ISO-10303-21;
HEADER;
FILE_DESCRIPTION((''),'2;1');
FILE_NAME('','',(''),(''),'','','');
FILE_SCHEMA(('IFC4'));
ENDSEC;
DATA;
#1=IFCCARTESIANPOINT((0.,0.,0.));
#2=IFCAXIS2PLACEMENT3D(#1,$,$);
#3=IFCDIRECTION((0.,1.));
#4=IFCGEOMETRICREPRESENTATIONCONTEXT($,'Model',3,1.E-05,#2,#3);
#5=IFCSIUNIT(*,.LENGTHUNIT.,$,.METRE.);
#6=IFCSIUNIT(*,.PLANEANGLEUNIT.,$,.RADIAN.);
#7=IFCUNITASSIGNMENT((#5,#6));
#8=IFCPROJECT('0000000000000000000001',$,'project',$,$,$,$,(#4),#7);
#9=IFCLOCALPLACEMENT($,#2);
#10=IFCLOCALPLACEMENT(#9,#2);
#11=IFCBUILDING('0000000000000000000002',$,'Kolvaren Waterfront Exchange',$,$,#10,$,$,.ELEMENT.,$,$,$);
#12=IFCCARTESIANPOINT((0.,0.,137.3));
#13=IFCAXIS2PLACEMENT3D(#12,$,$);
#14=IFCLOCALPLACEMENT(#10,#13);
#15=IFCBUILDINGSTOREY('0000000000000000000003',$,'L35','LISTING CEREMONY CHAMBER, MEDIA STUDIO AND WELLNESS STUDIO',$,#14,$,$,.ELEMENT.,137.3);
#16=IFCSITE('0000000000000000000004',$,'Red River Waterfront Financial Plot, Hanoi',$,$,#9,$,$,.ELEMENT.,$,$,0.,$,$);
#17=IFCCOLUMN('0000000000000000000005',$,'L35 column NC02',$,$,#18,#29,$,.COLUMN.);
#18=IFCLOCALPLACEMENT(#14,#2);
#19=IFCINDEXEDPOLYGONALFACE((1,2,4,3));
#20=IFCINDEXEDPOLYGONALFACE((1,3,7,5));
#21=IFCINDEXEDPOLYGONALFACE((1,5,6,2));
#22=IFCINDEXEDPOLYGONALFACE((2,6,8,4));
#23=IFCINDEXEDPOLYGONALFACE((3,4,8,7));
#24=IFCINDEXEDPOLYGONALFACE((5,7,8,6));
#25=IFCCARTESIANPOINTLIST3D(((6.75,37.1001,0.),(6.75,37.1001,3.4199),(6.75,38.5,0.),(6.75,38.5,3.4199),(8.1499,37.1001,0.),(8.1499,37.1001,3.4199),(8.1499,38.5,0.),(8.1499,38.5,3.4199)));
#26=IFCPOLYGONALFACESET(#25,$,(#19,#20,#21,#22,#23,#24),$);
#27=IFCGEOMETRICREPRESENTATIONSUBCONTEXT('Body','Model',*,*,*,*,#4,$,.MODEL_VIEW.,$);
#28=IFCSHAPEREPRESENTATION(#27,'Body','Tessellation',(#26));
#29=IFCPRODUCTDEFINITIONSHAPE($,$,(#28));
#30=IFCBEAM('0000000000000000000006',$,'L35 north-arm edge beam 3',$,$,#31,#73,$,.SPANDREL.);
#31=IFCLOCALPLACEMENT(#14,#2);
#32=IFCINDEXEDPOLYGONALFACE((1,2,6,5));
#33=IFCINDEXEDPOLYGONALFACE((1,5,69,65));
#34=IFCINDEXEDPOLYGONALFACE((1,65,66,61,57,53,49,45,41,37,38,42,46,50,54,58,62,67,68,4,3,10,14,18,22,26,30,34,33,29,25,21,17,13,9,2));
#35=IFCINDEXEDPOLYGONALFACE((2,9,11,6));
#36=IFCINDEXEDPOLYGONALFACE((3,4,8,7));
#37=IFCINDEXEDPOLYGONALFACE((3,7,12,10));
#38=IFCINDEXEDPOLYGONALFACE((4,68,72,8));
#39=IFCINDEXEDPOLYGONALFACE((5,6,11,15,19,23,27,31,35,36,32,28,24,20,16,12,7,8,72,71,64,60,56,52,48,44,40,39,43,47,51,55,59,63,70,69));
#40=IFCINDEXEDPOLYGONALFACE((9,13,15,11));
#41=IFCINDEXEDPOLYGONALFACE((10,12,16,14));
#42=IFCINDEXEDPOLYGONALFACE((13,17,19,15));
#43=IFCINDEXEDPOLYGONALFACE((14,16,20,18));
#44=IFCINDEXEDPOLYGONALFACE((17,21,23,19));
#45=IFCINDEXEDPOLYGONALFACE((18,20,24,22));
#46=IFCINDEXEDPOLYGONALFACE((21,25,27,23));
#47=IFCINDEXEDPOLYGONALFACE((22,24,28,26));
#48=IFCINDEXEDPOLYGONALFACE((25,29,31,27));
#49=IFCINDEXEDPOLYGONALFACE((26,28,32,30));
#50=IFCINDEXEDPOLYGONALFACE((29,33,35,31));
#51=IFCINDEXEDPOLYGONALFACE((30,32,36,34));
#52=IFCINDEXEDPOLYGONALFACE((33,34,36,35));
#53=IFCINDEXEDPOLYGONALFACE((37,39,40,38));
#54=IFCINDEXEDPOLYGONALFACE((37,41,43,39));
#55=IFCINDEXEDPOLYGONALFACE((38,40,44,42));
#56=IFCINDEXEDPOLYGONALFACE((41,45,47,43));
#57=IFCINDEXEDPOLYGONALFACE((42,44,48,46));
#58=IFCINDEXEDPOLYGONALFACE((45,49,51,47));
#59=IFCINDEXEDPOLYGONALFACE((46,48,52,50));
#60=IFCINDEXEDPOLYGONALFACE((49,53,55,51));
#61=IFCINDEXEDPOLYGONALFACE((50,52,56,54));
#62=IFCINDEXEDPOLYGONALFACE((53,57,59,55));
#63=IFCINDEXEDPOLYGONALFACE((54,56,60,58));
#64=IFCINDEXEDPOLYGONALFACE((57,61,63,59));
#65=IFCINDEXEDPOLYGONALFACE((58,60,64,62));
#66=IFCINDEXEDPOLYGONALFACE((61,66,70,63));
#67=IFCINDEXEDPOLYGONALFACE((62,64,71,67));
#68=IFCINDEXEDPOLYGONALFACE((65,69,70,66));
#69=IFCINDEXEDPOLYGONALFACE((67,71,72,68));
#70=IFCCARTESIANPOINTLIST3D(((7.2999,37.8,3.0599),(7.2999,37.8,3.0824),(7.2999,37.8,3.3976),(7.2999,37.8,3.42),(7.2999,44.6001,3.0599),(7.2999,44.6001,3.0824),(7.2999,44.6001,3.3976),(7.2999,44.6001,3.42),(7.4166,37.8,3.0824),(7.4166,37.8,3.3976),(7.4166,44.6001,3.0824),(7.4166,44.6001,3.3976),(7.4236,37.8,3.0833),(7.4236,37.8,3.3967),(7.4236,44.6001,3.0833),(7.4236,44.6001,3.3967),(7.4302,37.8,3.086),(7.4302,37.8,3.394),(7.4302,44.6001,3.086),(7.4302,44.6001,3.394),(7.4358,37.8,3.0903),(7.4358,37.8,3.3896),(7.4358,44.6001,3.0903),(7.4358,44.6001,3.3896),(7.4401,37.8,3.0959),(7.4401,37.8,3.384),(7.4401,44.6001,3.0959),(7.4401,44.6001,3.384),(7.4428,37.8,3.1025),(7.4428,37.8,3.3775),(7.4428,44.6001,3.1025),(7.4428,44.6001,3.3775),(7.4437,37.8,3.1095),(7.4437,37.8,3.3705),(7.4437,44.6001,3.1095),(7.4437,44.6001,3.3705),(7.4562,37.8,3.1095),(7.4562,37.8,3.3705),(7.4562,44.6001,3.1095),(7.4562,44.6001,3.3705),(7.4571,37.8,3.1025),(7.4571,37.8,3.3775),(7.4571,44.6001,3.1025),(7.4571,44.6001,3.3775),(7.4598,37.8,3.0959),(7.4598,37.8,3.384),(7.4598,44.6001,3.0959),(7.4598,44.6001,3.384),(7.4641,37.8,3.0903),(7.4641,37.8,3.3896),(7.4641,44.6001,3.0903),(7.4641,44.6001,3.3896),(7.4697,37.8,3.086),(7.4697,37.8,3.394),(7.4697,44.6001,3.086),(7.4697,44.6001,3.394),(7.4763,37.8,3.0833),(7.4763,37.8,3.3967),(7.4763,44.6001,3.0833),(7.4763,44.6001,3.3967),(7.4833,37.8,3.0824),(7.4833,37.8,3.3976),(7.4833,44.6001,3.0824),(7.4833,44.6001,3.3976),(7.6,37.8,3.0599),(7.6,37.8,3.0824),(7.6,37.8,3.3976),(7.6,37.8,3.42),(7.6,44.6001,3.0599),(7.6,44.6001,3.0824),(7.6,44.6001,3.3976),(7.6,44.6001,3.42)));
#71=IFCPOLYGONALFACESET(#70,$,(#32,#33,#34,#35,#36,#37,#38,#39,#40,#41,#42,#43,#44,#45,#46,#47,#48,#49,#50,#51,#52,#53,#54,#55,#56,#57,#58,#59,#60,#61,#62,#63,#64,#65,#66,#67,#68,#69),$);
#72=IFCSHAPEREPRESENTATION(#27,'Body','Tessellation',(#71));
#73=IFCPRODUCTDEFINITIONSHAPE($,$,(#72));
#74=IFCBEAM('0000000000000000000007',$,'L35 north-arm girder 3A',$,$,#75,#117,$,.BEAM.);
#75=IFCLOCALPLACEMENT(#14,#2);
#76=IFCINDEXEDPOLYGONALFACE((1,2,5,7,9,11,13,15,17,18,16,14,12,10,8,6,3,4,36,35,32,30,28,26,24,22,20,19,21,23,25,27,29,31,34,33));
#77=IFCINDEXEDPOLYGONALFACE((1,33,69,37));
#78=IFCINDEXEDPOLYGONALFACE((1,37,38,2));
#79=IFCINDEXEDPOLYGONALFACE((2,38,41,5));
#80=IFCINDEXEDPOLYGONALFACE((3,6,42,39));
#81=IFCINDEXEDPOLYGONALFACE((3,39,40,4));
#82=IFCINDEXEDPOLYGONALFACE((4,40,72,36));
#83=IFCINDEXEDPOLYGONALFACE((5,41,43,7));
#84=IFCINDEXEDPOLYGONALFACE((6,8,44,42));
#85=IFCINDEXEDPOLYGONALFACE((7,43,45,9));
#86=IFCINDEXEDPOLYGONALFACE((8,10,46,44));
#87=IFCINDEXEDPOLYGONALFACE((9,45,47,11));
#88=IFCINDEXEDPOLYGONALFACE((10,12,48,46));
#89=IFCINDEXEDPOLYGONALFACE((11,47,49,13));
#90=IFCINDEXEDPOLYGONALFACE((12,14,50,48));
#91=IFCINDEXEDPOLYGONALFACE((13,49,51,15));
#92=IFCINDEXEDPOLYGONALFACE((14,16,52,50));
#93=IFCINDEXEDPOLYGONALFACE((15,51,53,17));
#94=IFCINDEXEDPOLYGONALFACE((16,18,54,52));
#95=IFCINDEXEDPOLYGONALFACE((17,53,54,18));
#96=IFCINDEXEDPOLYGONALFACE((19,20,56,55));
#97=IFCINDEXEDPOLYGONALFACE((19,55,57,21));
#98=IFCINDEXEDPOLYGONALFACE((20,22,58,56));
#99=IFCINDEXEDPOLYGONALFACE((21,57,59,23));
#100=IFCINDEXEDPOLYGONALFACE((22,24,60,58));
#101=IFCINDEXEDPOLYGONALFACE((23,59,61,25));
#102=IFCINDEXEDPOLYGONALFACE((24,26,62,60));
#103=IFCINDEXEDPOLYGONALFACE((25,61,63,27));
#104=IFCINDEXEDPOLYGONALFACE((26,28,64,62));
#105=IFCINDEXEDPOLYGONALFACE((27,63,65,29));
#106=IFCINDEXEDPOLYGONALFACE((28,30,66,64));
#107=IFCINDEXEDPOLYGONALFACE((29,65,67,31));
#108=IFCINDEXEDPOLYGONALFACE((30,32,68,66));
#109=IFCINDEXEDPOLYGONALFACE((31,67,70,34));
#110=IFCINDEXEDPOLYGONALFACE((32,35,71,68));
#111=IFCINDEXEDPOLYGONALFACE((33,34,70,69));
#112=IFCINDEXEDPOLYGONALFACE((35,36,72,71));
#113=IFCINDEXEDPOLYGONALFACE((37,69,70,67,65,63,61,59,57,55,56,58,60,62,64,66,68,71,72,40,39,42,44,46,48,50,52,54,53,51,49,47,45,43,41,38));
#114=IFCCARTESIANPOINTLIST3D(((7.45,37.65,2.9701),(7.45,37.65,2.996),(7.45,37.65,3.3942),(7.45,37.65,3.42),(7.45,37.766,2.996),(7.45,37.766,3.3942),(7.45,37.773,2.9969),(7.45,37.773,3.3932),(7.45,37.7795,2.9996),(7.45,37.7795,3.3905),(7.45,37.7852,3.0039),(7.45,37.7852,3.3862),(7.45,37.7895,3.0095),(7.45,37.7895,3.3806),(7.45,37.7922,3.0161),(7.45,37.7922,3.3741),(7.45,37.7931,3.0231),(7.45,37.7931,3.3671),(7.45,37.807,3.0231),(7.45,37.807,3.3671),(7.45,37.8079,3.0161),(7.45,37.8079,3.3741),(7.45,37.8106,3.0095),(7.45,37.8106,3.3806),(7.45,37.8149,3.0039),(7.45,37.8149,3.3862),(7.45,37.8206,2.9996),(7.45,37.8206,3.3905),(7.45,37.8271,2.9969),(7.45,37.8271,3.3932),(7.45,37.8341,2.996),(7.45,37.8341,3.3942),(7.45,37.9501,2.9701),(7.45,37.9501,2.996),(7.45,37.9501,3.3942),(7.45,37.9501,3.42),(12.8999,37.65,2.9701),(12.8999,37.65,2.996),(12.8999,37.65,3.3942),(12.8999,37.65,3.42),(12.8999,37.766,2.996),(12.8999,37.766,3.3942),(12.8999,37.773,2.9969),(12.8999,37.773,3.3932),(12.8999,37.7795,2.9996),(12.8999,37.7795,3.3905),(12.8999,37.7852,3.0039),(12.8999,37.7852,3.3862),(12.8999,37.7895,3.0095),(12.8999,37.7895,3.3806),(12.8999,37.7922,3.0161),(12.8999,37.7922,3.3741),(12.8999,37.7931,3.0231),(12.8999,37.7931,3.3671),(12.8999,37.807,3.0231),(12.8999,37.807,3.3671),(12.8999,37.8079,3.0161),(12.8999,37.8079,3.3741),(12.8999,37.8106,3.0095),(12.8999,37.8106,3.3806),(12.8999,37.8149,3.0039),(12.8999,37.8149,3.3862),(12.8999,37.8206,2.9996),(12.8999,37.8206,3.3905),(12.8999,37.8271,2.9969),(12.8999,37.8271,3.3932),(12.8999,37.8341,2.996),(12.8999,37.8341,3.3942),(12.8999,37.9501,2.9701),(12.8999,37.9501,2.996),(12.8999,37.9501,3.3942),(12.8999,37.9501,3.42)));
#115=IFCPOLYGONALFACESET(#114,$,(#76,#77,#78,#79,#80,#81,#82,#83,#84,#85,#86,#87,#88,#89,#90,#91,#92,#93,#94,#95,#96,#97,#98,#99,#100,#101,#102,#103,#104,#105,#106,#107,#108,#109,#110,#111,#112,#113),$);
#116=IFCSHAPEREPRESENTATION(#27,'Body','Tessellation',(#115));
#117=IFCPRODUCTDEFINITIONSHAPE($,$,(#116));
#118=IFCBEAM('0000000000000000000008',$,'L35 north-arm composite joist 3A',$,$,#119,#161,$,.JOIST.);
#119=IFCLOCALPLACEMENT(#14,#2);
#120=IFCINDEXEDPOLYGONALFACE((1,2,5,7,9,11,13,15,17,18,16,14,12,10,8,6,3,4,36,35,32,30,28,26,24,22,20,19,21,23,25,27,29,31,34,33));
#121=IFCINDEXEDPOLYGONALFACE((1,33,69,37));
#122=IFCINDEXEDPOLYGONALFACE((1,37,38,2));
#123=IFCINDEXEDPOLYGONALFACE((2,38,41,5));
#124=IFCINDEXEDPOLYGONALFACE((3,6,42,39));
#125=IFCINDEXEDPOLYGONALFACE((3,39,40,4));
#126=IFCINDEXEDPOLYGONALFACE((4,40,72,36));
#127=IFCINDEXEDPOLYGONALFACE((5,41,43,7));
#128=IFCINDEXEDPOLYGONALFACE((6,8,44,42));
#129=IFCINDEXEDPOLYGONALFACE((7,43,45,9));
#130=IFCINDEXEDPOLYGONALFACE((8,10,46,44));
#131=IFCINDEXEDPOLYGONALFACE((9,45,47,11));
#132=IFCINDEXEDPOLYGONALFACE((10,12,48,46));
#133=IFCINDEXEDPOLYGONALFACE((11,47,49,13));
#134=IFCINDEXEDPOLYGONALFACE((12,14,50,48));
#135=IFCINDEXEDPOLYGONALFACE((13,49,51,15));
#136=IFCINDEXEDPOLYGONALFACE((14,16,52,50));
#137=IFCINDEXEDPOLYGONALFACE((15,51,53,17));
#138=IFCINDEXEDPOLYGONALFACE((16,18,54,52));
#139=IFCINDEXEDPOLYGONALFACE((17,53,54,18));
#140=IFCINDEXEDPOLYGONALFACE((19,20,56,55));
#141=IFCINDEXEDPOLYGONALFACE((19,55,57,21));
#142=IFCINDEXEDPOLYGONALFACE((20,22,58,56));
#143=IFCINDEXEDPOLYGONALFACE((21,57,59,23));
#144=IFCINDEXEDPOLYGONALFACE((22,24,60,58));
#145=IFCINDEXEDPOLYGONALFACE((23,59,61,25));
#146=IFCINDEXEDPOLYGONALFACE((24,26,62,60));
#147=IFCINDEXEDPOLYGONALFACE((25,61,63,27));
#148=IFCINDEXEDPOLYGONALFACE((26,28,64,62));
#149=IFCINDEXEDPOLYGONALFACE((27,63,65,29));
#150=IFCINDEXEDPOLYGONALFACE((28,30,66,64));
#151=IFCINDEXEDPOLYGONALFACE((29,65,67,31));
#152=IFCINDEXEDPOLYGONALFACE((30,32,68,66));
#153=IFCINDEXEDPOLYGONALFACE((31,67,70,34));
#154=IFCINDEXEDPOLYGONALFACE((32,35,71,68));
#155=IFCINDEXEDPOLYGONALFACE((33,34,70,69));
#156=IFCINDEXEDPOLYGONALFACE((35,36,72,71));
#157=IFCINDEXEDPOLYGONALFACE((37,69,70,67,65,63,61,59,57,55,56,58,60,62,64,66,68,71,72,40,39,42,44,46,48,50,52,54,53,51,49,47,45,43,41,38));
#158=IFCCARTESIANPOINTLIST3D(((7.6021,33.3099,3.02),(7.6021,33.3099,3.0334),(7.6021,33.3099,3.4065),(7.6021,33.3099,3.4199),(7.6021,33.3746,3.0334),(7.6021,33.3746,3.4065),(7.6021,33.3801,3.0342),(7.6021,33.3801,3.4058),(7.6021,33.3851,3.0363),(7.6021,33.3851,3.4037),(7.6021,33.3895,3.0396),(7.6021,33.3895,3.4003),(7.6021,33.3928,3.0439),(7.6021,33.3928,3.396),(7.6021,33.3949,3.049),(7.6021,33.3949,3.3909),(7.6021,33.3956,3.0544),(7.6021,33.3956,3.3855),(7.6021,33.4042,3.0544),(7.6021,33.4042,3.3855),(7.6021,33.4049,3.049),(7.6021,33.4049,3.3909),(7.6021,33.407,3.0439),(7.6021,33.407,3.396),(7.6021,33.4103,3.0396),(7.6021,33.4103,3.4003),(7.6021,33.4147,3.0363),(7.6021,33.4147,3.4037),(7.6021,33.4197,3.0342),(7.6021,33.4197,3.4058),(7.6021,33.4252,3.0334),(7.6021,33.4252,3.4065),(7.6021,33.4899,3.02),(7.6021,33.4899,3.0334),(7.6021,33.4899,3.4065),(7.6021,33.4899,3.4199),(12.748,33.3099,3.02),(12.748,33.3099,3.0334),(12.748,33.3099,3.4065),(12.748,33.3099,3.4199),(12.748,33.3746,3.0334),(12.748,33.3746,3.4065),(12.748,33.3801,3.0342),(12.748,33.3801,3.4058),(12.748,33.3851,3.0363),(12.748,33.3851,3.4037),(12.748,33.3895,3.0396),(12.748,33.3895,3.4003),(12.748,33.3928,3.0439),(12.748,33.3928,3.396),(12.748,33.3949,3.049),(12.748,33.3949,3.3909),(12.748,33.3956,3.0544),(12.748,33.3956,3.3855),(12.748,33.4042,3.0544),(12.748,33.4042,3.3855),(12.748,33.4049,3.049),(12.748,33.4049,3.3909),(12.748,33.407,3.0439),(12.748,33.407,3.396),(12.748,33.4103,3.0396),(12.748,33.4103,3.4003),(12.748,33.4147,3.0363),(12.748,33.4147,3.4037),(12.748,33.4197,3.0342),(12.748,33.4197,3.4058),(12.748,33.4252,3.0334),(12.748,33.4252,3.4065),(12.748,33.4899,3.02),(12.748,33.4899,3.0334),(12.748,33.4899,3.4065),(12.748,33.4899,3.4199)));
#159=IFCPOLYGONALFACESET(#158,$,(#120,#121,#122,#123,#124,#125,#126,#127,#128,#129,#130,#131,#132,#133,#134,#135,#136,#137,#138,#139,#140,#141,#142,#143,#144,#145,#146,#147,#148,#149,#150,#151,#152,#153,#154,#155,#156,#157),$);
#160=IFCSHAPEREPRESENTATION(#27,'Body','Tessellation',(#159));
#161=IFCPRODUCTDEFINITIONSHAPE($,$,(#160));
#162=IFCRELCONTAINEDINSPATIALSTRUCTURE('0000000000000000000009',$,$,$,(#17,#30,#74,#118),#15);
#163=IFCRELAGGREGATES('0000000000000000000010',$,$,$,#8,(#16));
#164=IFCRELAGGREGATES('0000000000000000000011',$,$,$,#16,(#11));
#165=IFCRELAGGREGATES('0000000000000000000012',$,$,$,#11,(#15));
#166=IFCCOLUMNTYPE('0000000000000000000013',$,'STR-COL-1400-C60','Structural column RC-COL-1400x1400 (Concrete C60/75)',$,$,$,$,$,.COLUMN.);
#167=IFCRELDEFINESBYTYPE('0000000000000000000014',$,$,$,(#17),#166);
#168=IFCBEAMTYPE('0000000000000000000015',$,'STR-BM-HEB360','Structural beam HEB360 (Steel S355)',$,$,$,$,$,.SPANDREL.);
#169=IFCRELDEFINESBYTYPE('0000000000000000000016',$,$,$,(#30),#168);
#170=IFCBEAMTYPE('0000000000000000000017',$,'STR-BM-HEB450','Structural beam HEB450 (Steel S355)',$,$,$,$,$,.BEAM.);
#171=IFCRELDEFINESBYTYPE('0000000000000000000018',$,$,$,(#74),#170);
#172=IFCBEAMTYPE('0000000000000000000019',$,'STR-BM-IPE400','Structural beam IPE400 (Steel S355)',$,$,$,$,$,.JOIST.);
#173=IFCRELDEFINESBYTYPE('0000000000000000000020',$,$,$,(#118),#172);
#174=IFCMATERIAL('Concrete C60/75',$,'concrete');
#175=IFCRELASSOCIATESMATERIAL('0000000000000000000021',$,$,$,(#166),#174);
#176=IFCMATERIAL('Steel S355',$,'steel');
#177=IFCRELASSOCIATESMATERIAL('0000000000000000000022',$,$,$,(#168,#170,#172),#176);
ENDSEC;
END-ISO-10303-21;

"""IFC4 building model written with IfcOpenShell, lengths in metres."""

from ifc_helpers import new_model, si_unit, direction, frame, origin, origin_2d, place, context, subcontext, project, spatial, rectangle, i_section, extrude, material, material_profile, profile_set, type_object, element, save


model = new_model("IFC4")

# Units and contexts
model_context = context("Model", 3, precision=1e-05, world=origin(), true_north=direction((0.0, 1.0)))
body_context = subcontext(model_context, "Body", "Model", "MODEL_VIEW")
ifc_project = project(units=[si_unit("LENGTHUNIT", "METRE"), si_unit("PLANEANGLEUNIT", "RADIAN")], contexts=[model_context])

# Site, building, storey
site_placement = place(None, origin())
site = spatial("IfcSite", under=ifc_project, at=site_placement, Name="Red River Waterfront Financial Plot, Hanoi", CompositionType="ELEMENT", RefElevation=0.0)
building_placement = place(site_placement, origin())
building = spatial("IfcBuilding", under=site, at=building_placement, Name="Kolvaren Waterfront Exchange", CompositionType="ELEMENT")
storey_placement = place(building_placement, frame((0.0, 0.0, 137.3)))
storey = spatial("IfcBuildingStorey", under=building, at=storey_placement, Name="L35", Description="LISTING CEREMONY CHAMBER, MEDIA STUDIO AND WELLNESS STUDIO", CompositionType="ELEMENT", Elevation=137.3)

# Column
ifc_material_1 = material(Name="Concrete C60/75", Category="concrete")
ifc_material_profile_1 = material_profile(ifc_material_1, rectangle(XDim=1.3999, YDim=1.3999, at=origin_2d()), Name="RC-COL-1400x1400")
ifc_profile_set_1 = profile_set([ifc_material_profile_1], Name="Concrete C60/75")
column_type = type_object("IfcColumnType", Name="STR-COL-1400-C60", Description="Structural column RC-COL-1400x1400 (Concrete C60/75)", PredefinedType="COLUMN", material=ifc_profile_set_1)
column_placement = place(storey_placement, frame((7.45, 37.8, 0.0), z_axis=(0.0, 0.0, 1.0), x_axis=(1.0, 0.0, 0.0)))
element("IfcColumn", 1, at=column_placement, inside=storey, type_object=column_type, Name="L35 column NC02", PredefinedType="COLUMN", context=body_context, shape_type="SweptSolid", body=[
    extrude(rectangle(XDim=1.3999, YDim=1.3999, at=origin_2d()), origin(), (0.0, 0.0, 1.0), 3.4199),
])

# Beams
ifc_material_2 = material(Name="Steel S355", Category="steel")
ifc_material_profile_2 = material_profile(ifc_material_2, i_section(OverallWidth=0.3, OverallDepth=0.3601, WebThickness=0.0125, FlangeThickness=0.0225, FilletRadius=0.0271, at=origin_2d()), Name="HEB360")
ifc_profile_set_2 = profile_set([ifc_material_profile_2], Name="Steel S355")
beam_type_1 = type_object("IfcBeamType", Name="STR-BM-HEB360", Description="Structural beam HEB360 (Steel S355)", PredefinedType="SPANDREL", material=ifc_profile_set_2)
beam_1_placement = place(storey_placement, frame((7.45, 37.8, 3.24), z_axis=(0.0, 1.0, 0.0), x_axis=(-1.0, 0.0, 0.0)))
element("IfcBeam", 2, at=beam_1_placement, inside=storey, type_object=beam_type_1, Name="L35 north-arm edge beam 3", PredefinedType="SPANDREL", context=body_context, shape_type="SweptSolid", body=[
    extrude(i_section(OverallWidth=0.3, OverallDepth=0.3601, WebThickness=0.0125, FlangeThickness=0.0225, FilletRadius=0.0271, at=origin_2d()), origin(), (0.0, 0.0, 1.0), 6.8),
])
ifc_material_profile_3 = material_profile(ifc_material_2, i_section(OverallWidth=0.3, OverallDepth=0.45, WebThickness=0.0139, FlangeThickness=0.0259, FilletRadius=0.0271, at=origin_2d()), Name="HEB450")
ifc_profile_set_3 = profile_set([ifc_material_profile_3], Name="Steel S355")
beam_type_2 = type_object("IfcBeamType", Name="STR-BM-HEB450", Description="Structural beam HEB450 (Steel S355)", PredefinedType="BEAM", material=ifc_profile_set_3)
beam_2_placement = place(storey_placement, frame((7.45, 37.8, 3.1951), z_axis=(1.0, 0.0, 0.0), x_axis=(0.0, 1.0, 0.0)))
element("IfcBeam", 3, at=beam_2_placement, inside=storey, type_object=beam_type_2, Name="L35 north-arm girder 3A", PredefinedType="BEAM", context=body_context, shape_type="SweptSolid", body=[
    extrude(i_section(OverallWidth=0.3, OverallDepth=0.45, WebThickness=0.0139, FlangeThickness=0.0259, FilletRadius=0.0271, at=origin_2d()), origin(), (0.0, 0.0, 1.0), 5.45),
])
ifc_material_profile_4 = material_profile(ifc_material_2, i_section(OverallWidth=0.1799, OverallDepth=0.3999, WebThickness=0.0085, FlangeThickness=0.0134, FilletRadius=0.021, at=origin_2d()), Name="IPE400")
ifc_profile_set_4 = profile_set([ifc_material_profile_4], Name="Steel S355")
beam_type_3 = type_object("IfcBeamType", Name="STR-BM-IPE400", Description="Structural beam IPE400 (Steel S355)", PredefinedType="JOIST", material=ifc_profile_set_4)
beam_3_placement = place(storey_placement, frame((7.6021, 33.3999, 3.22), z_axis=(1.0, 0.0, 0.0), x_axis=(0.0, 1.0, 0.0)))
element("IfcBeam", 4, at=beam_3_placement, inside=storey, type_object=beam_type_3, Name="L35 north-arm composite joist 3A", PredefinedType="JOIST", context=body_context, shape_type="SweptSolid", body=[
    extrude(i_section(OverallWidth=0.1799, OverallDepth=0.3999, WebThickness=0.0085, FlangeThickness=0.0134, FilletRadius=0.021, at=origin_2d()), origin(), (0.0, 0.0, 1.0), 5.146),
])

save(model, "model.ifc")
